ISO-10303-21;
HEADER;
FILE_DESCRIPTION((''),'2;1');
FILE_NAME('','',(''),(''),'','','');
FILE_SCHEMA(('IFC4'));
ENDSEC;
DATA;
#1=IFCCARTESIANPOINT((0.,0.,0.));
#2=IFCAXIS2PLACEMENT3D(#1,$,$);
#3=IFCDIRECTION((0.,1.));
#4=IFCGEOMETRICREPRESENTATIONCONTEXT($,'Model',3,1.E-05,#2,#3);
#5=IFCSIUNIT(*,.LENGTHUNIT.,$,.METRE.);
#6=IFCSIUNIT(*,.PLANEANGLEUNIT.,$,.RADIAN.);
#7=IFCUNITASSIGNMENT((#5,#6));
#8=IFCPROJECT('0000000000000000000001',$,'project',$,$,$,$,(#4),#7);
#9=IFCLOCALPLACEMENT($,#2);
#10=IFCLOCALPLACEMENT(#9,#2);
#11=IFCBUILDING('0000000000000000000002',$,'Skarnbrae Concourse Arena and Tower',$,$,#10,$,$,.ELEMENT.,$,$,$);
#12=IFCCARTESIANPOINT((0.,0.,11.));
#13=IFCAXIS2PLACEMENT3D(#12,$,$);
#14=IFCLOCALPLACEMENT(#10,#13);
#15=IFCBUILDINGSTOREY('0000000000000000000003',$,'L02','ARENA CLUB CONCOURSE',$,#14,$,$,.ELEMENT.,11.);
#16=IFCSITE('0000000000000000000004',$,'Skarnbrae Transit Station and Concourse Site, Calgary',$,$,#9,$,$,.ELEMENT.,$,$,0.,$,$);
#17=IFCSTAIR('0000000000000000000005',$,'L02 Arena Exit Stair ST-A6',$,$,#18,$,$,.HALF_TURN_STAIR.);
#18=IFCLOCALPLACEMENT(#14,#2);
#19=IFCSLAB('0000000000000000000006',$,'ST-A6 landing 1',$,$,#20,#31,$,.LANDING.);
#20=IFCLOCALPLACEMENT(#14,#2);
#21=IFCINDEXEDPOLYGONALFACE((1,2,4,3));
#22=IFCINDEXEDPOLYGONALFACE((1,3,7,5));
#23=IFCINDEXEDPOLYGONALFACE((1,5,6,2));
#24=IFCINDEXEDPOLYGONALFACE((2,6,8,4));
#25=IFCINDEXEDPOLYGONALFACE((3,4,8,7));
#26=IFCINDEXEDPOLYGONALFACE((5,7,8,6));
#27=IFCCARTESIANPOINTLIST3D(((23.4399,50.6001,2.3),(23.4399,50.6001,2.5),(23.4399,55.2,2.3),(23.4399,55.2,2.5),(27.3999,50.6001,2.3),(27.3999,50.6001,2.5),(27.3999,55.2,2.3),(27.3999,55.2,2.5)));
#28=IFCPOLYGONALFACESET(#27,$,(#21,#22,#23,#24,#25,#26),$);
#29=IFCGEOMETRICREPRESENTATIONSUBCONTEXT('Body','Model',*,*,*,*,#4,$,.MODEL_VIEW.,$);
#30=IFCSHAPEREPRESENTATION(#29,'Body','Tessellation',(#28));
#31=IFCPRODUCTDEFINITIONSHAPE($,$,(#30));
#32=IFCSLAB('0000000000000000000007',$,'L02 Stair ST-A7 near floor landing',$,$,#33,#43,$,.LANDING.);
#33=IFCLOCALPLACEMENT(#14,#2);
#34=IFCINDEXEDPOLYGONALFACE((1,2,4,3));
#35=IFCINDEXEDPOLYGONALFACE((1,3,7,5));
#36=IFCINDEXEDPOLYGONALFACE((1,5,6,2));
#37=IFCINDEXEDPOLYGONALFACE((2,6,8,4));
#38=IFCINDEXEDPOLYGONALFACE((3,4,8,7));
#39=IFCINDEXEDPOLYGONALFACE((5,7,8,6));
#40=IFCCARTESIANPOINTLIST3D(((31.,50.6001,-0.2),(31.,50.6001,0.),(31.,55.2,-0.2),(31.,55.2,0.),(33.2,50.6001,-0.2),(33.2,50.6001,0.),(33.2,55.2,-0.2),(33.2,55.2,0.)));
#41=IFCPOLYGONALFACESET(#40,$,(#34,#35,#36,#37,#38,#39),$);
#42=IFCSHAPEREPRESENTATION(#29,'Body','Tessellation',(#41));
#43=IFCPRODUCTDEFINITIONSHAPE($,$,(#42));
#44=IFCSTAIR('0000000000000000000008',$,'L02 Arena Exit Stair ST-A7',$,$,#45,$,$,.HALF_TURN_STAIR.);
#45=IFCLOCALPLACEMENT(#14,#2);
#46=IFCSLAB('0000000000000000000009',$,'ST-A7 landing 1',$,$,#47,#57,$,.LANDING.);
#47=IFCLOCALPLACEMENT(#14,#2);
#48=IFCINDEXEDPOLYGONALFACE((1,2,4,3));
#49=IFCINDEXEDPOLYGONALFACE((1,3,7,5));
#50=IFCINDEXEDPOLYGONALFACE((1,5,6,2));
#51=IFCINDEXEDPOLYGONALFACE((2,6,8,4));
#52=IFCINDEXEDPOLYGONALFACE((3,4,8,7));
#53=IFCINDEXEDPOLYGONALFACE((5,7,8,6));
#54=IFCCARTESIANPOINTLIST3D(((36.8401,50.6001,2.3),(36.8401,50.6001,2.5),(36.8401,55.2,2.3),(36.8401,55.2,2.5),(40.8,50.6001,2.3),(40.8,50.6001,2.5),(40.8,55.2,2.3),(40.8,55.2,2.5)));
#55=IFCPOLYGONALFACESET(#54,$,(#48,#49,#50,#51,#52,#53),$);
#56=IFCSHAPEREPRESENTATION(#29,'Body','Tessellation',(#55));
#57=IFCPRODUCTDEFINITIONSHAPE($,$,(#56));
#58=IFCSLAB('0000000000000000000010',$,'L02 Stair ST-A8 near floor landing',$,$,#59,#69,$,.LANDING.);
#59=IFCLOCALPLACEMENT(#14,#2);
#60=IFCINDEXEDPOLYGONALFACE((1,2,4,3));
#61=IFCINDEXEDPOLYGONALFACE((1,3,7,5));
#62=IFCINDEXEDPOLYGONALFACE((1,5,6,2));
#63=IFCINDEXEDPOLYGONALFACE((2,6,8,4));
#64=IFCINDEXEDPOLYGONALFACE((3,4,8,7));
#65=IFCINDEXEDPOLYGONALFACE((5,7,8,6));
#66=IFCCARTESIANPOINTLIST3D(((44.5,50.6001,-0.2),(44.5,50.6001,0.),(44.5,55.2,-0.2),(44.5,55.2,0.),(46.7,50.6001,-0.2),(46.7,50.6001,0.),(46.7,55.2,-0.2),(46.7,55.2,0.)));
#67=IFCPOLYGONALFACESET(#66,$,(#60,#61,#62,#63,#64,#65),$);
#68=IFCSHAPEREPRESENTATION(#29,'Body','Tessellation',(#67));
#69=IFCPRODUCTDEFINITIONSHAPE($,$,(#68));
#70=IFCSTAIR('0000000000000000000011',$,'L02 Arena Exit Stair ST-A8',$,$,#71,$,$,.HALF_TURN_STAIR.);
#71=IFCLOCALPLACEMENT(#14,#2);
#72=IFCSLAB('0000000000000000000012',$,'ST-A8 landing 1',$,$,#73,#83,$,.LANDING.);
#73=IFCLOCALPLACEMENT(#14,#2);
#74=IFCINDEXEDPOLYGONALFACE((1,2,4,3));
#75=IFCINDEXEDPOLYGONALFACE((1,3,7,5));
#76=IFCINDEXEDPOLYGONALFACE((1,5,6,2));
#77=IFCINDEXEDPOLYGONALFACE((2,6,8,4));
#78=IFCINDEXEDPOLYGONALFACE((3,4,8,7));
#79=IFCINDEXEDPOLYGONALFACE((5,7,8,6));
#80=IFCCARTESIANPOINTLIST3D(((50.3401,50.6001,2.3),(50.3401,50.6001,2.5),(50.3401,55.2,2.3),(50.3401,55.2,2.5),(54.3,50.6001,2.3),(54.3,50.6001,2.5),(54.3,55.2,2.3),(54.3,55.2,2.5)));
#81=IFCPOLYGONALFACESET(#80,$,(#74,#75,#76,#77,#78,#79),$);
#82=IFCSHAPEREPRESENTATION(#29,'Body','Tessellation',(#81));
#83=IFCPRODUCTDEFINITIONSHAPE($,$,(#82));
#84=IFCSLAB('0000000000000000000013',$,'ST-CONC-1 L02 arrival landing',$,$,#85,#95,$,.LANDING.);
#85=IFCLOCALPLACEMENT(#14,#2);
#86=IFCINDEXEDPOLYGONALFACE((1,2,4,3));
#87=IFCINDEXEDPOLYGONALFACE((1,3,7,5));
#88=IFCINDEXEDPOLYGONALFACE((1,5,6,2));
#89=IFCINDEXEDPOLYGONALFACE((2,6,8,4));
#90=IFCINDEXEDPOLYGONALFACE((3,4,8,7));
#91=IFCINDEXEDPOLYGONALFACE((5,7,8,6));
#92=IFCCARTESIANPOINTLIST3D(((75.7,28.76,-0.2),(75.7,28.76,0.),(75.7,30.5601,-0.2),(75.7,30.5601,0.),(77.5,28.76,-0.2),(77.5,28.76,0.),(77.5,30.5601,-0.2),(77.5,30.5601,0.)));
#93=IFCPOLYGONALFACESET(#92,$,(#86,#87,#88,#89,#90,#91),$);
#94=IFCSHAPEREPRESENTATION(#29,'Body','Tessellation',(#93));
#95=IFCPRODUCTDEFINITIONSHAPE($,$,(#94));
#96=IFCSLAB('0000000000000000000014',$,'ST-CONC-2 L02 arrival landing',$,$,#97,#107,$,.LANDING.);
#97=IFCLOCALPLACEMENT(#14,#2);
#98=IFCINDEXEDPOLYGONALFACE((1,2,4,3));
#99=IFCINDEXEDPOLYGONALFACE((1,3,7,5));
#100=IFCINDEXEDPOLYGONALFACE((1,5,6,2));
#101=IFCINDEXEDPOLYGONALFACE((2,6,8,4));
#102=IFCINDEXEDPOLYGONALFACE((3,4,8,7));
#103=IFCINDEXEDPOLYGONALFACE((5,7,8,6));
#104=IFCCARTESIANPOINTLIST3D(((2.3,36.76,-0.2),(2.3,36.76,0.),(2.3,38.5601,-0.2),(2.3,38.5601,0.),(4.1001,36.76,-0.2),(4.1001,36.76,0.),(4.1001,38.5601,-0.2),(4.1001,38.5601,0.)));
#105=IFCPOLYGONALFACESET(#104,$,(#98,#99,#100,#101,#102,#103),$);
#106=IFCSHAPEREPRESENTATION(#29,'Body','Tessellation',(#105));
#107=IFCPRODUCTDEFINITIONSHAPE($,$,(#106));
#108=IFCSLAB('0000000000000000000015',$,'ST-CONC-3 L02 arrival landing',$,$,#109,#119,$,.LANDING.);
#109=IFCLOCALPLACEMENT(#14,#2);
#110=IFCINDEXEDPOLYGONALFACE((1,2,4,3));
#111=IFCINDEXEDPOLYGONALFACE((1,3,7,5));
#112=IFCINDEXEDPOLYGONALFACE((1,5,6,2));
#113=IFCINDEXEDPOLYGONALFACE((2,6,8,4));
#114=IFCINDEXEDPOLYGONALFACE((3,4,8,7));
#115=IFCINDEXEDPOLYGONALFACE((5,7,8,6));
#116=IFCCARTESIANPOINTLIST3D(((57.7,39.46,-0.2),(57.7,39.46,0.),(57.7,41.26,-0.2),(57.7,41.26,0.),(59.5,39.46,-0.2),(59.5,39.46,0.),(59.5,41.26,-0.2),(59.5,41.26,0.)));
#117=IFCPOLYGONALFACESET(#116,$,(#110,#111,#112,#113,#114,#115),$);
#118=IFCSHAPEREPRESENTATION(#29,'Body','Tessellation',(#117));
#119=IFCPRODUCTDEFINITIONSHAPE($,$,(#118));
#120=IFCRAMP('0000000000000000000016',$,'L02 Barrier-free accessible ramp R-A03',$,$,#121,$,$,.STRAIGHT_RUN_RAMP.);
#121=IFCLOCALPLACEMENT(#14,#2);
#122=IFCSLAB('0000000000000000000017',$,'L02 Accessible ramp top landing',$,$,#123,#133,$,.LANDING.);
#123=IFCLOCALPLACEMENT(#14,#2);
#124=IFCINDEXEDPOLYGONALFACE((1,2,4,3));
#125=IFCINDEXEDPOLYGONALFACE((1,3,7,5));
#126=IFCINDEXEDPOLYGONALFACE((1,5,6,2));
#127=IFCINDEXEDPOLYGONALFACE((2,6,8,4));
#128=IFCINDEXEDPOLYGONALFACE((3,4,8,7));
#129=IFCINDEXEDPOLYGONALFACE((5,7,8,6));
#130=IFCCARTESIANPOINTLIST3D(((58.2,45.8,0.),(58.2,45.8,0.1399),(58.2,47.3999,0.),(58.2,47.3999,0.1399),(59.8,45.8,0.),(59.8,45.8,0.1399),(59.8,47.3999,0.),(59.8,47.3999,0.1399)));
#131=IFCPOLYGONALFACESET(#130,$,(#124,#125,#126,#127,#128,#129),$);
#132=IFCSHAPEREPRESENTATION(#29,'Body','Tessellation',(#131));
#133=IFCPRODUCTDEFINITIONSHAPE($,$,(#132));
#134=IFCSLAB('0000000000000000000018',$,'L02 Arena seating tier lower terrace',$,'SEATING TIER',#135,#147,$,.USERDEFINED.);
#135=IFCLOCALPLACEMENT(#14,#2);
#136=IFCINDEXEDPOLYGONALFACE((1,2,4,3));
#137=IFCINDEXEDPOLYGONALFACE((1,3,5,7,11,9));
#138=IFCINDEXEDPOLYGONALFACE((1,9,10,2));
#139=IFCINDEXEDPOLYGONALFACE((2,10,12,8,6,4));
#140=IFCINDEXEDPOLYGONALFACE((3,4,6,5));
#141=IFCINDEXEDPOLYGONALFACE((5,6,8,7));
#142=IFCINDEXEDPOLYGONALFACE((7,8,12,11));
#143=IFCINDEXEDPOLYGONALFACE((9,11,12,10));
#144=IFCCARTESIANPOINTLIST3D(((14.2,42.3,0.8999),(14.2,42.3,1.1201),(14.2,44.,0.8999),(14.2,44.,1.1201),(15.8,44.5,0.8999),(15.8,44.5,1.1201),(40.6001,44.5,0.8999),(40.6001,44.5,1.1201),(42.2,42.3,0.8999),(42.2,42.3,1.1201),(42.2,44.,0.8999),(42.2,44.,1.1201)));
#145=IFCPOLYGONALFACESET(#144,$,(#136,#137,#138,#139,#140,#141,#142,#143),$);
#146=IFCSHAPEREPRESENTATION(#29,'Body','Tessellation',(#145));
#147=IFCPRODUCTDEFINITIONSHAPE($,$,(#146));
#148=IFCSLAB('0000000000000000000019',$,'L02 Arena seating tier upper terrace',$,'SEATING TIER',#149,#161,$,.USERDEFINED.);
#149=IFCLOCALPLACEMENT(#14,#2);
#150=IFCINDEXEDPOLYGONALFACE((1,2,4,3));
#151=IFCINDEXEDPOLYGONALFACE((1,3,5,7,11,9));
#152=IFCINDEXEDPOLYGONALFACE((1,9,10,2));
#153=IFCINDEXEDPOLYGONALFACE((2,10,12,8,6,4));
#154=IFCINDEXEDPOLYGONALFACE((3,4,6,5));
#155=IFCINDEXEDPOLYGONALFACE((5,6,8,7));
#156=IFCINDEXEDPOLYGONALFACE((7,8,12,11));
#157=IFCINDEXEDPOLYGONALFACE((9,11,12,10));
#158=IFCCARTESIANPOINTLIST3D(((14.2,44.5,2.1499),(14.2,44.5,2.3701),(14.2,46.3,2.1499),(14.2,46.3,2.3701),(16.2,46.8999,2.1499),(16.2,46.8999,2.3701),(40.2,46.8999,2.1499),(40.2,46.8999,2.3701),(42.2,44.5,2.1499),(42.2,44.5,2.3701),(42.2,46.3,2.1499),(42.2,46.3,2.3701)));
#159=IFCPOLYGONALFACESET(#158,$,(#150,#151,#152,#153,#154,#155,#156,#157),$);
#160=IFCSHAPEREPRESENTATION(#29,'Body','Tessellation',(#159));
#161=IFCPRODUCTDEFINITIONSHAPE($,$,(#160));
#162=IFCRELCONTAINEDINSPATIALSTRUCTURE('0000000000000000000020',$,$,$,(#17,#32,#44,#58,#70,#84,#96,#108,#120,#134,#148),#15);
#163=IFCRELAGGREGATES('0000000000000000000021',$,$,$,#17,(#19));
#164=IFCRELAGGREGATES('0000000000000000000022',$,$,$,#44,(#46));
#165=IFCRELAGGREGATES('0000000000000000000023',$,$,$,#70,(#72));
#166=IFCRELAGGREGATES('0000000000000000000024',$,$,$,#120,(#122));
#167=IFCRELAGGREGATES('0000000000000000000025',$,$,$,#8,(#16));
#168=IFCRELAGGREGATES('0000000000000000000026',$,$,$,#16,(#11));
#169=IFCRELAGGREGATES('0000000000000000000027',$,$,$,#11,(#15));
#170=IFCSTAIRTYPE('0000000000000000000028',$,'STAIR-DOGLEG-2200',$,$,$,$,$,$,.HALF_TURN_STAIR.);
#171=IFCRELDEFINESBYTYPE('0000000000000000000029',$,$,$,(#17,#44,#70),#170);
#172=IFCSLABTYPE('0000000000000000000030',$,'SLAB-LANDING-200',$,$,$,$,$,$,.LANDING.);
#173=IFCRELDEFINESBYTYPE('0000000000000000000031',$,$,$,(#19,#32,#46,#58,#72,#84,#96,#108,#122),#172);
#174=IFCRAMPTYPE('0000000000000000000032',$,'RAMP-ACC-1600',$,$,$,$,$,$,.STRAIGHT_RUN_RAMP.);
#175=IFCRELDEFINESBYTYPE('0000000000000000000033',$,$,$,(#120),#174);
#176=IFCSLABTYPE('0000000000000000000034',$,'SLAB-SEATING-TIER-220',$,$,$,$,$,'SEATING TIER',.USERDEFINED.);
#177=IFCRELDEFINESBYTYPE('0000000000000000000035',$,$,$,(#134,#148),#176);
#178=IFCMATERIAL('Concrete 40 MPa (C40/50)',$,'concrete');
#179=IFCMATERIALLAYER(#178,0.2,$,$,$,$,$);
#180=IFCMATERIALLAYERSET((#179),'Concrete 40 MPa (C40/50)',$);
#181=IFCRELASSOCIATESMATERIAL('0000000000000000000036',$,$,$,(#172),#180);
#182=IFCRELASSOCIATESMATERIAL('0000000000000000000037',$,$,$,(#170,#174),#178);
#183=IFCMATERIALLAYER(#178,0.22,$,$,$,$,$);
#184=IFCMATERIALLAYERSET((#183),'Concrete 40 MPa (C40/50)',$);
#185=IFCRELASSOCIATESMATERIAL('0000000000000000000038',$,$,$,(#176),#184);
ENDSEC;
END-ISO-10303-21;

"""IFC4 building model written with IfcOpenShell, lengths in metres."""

from ifc_helpers import new_model, si_unit, direction, frame, origin, place, context, subcontext, project, spatial, polyline, outline, extrude, material, layer, layer_set, type_object, element, aggregate, save


model = new_model("IFC4")

# Units and contexts
model_context = context("Model", 3, precision=1e-05, world=origin(), true_north=direction((0.0, 1.0)))
body_context = subcontext(model_context, "Body", "Model", "MODEL_VIEW")
ifc_project = project(units=[si_unit("LENGTHUNIT", "METRE"), si_unit("PLANEANGLEUNIT", "RADIAN")], contexts=[model_context])

# Site, building, storey
site_placement = place(None, origin())
site = spatial("IfcSite", under=ifc_project, at=site_placement, Name="Skarnbrae Transit Station and Concourse Site, Calgary", CompositionType="ELEMENT", RefElevation=0.0)
building_placement = place(site_placement, origin())
building = spatial("IfcBuilding", under=site, at=building_placement, Name="Skarnbrae Concourse Arena and Tower", CompositionType="ELEMENT")
storey_placement = place(building_placement, frame((0.0, 0.0, 11.0)))
storey = spatial("IfcBuildingStorey", under=building, at=storey_placement, Name="L02", Description="ARENA CLUB CONCOURSE", CompositionType="ELEMENT", Elevation=11.0)

# Shared definitions
ifc_material = material(Name="Concrete 40 MPa (C40/50)", Category="concrete")
ifc_layer_1 = layer(ifc_material, 0.2)
ifc_layer_set_1 = layer_set([ifc_layer_1], Name="Concrete 40 MPa (C40/50)")
slab_type_1 = type_object("IfcSlabType", Name="SLAB-LANDING-200", PredefinedType="LANDING", material=ifc_layer_set_1)

# Shared definitions
stair_type_1 = type_object("IfcStairType", Name="STAIR-DOGLEG-2200", PredefinedType="HALF_TURN_STAIR", material=ifc_material)

# Stair, slab
stair_1_placement = place(storey_placement, origin())
stair_1 = element("IfcStair", 1, at=stair_1_placement, inside=storey, type_object=stair_type_1, Name="L02 Arena Exit Stair ST-A6", PredefinedType="HALF_TURN_STAIR")
slab_1_placement = place(storey_placement, frame((0.0, 0.0, 2.3)))
slab_1 = element("IfcSlab", 2, at=slab_1_placement, type_object=slab_type_1, Name="ST-A6 landing 1", PredefinedType="LANDING", context=body_context, shape_type="SweptSolid", body=[
    extrude(outline(polyline([(23.4399, 50.6001), (27.3999, 50.6001), (27.3999, 55.2), (23.4399, 55.2), (23.4399, 50.6001)])), origin(), (0.0, 0.0, 1.0), 0.2),
])
aggregate(stair_1, [slab_1])

# Slab
slab_2_placement = place(storey_placement, frame((0.0, 0.0, -0.2)))
element("IfcSlab", 3, at=slab_2_placement, inside=storey, type_object=slab_type_1, Name="L02 Stair ST-A7 near floor landing", PredefinedType="LANDING", context=body_context, shape_type="SweptSolid", body=[
    extrude(outline(polyline([(31.0, 50.6001), (33.2, 50.6001), (33.2, 55.2), (31.0, 55.2), (31.0, 50.6001)])), origin(), (0.0, 0.0, 1.0), 0.2),
])

# Stair, slab
stair_2_placement = place(storey_placement, origin())
stair_2 = element("IfcStair", 4, at=stair_2_placement, inside=storey, type_object=stair_type_1, Name="L02 Arena Exit Stair ST-A7", PredefinedType="HALF_TURN_STAIR")
slab_3_placement = place(storey_placement, frame((0.0, 0.0, 2.3)))
slab_3 = element("IfcSlab", 5, at=slab_3_placement, type_object=slab_type_1, Name="ST-A7 landing 1", PredefinedType="LANDING", context=body_context, shape_type="SweptSolid", body=[
    extrude(outline(polyline([(36.8401, 50.6001), (40.8, 50.6001), (40.8, 55.2), (36.8401, 55.2), (36.8401, 50.6001)])), origin(), (0.0, 0.0, 1.0), 0.2),
])
aggregate(stair_2, [slab_3])

# Slab
slab_4_placement = place(storey_placement, frame((0.0, 0.0, -0.2)))
element("IfcSlab", 6, at=slab_4_placement, inside=storey, type_object=slab_type_1, Name="L02 Stair ST-A8 near floor landing", PredefinedType="LANDING", context=body_context, shape_type="SweptSolid", body=[
    extrude(outline(polyline([(44.5, 50.6001), (46.7, 50.6001), (46.7, 55.2), (44.5, 55.2), (44.5, 50.6001)])), origin(), (0.0, 0.0, 1.0), 0.2),
])

# Stair, slab
stair_3_placement = place(storey_placement, origin())
stair_3 = element("IfcStair", 7, at=stair_3_placement, inside=storey, type_object=stair_type_1, Name="L02 Arena Exit Stair ST-A8", PredefinedType="HALF_TURN_STAIR")
slab_5_placement = place(storey_placement, frame((0.0, 0.0, 2.3)))
slab_5 = element("IfcSlab", 8, at=slab_5_placement, type_object=slab_type_1, Name="ST-A8 landing 1", PredefinedType="LANDING", context=body_context, shape_type="SweptSolid", body=[
    extrude(outline(polyline([(50.3401, 50.6001), (54.3, 50.6001), (54.3, 55.2), (50.3401, 55.2), (50.3401, 50.6001)])), origin(), (0.0, 0.0, 1.0), 0.2),
])
aggregate(stair_3, [slab_5])

# Slabs
slab_6_placement = place(storey_placement, frame((0.0, 0.0, -0.2)))
element("IfcSlab", 9, at=slab_6_placement, inside=storey, type_object=slab_type_1, Name="ST-CONC-1 L02 arrival landing", PredefinedType="LANDING", context=body_context, shape_type="SweptSolid", body=[
    extrude(outline(polyline([(75.7, 28.76), (77.5, 28.76), (77.5, 30.5601), (75.7, 30.5601), (75.7, 28.76)])), origin(), (0.0, 0.0, 1.0), 0.2),
])
slab_7_placement = place(storey_placement, frame((0.0, 0.0, -0.2)))
element("IfcSlab", 10, at=slab_7_placement, inside=storey, type_object=slab_type_1, Name="ST-CONC-2 L02 arrival landing", PredefinedType="LANDING", context=body_context, shape_type="SweptSolid", body=[
    extrude(outline(polyline([(2.3, 36.76), (4.1001, 36.76), (4.1001, 38.5601), (2.3, 38.5601), (2.3, 36.76)])), origin(), (0.0, 0.0, 1.0), 0.2),
])
slab_8_placement = place(storey_placement, frame((0.0, 0.0, -0.2)))
element("IfcSlab", 11, at=slab_8_placement, inside=storey, type_object=slab_type_1, Name="ST-CONC-3 L02 arrival landing", PredefinedType="LANDING", context=body_context, shape_type="SweptSolid", body=[
    extrude(outline(polyline([(57.7, 39.46), (59.5, 39.46), (59.5, 41.26), (57.7, 41.26), (57.7, 39.46)])), origin(), (0.0, 0.0, 1.0), 0.2),
])

# Ramp, slab
ramp_type = type_object("IfcRampType", Name="RAMP-ACC-1600", PredefinedType="STRAIGHT_RUN_RAMP", material=ifc_material)
ramp_placement = place(storey_placement, origin())
ramp = element("IfcRamp", 12, at=ramp_placement, inside=storey, type_object=ramp_type, Name="L02 Barrier-free accessible ramp R-A03", PredefinedType="STRAIGHT_RUN_RAMP")
slab_9_placement = place(storey_placement, origin())
slab_9 = element("IfcSlab", 13, at=slab_9_placement, type_object=slab_type_1, Name="L02 Accessible ramp top landing", PredefinedType="LANDING", context=body_context, shape_type="SweptSolid", body=[
    extrude(outline(polyline([(58.2, 45.8), (59.8, 45.8), (59.8, 47.3999), (58.2, 47.3999), (58.2, 45.8)])), origin(), (0.0, 0.0, 1.0), 0.1399),
])
aggregate(ramp, [slab_9])

# Slabs
ifc_layer_2 = layer(ifc_material, 0.22)
ifc_layer_set_2 = layer_set([ifc_layer_2], Name="Concrete 40 MPa (C40/50)")
slab_type_2 = type_object("IfcSlabType", Name="SLAB-SEATING-TIER-220", ElementType="SEATING TIER", PredefinedType="USERDEFINED", material=ifc_layer_set_2)
slab_10_placement = place(storey_placement, frame((0.0, 0.0, 0.8999)))
element("IfcSlab", 14, at=slab_10_placement, inside=storey, type_object=slab_type_2, Name="L02 Arena seating tier lower terrace", ObjectType="SEATING TIER", PredefinedType="USERDEFINED", context=body_context, shape_type="SweptSolid", body=[
    extrude(outline(polyline([(14.2, 42.3), (42.2, 42.3), (42.2, 44.0), (40.6001, 44.5), (15.8, 44.5), (14.2, 44.0), (14.2, 42.3)])), origin(), (0.0, 0.0, 1.0), 0.2202),
])
slab_11_placement = place(storey_placement, frame((0.0, 0.0, 2.1499)))
element("IfcSlab", 15, at=slab_11_placement, inside=storey, type_object=slab_type_2, Name="L02 Arena seating tier upper terrace", ObjectType="SEATING TIER", PredefinedType="USERDEFINED", context=body_context, shape_type="SweptSolid", body=[
    extrude(outline(polyline([(14.2, 44.5), (42.2, 44.5), (42.2, 46.3), (40.2, 46.8999), (16.2, 46.8999), (14.2, 46.3), (14.2, 44.5)])), origin(), (0.0, 0.0, 1.0), 0.2202),
])

save(model, "model.ifc")
